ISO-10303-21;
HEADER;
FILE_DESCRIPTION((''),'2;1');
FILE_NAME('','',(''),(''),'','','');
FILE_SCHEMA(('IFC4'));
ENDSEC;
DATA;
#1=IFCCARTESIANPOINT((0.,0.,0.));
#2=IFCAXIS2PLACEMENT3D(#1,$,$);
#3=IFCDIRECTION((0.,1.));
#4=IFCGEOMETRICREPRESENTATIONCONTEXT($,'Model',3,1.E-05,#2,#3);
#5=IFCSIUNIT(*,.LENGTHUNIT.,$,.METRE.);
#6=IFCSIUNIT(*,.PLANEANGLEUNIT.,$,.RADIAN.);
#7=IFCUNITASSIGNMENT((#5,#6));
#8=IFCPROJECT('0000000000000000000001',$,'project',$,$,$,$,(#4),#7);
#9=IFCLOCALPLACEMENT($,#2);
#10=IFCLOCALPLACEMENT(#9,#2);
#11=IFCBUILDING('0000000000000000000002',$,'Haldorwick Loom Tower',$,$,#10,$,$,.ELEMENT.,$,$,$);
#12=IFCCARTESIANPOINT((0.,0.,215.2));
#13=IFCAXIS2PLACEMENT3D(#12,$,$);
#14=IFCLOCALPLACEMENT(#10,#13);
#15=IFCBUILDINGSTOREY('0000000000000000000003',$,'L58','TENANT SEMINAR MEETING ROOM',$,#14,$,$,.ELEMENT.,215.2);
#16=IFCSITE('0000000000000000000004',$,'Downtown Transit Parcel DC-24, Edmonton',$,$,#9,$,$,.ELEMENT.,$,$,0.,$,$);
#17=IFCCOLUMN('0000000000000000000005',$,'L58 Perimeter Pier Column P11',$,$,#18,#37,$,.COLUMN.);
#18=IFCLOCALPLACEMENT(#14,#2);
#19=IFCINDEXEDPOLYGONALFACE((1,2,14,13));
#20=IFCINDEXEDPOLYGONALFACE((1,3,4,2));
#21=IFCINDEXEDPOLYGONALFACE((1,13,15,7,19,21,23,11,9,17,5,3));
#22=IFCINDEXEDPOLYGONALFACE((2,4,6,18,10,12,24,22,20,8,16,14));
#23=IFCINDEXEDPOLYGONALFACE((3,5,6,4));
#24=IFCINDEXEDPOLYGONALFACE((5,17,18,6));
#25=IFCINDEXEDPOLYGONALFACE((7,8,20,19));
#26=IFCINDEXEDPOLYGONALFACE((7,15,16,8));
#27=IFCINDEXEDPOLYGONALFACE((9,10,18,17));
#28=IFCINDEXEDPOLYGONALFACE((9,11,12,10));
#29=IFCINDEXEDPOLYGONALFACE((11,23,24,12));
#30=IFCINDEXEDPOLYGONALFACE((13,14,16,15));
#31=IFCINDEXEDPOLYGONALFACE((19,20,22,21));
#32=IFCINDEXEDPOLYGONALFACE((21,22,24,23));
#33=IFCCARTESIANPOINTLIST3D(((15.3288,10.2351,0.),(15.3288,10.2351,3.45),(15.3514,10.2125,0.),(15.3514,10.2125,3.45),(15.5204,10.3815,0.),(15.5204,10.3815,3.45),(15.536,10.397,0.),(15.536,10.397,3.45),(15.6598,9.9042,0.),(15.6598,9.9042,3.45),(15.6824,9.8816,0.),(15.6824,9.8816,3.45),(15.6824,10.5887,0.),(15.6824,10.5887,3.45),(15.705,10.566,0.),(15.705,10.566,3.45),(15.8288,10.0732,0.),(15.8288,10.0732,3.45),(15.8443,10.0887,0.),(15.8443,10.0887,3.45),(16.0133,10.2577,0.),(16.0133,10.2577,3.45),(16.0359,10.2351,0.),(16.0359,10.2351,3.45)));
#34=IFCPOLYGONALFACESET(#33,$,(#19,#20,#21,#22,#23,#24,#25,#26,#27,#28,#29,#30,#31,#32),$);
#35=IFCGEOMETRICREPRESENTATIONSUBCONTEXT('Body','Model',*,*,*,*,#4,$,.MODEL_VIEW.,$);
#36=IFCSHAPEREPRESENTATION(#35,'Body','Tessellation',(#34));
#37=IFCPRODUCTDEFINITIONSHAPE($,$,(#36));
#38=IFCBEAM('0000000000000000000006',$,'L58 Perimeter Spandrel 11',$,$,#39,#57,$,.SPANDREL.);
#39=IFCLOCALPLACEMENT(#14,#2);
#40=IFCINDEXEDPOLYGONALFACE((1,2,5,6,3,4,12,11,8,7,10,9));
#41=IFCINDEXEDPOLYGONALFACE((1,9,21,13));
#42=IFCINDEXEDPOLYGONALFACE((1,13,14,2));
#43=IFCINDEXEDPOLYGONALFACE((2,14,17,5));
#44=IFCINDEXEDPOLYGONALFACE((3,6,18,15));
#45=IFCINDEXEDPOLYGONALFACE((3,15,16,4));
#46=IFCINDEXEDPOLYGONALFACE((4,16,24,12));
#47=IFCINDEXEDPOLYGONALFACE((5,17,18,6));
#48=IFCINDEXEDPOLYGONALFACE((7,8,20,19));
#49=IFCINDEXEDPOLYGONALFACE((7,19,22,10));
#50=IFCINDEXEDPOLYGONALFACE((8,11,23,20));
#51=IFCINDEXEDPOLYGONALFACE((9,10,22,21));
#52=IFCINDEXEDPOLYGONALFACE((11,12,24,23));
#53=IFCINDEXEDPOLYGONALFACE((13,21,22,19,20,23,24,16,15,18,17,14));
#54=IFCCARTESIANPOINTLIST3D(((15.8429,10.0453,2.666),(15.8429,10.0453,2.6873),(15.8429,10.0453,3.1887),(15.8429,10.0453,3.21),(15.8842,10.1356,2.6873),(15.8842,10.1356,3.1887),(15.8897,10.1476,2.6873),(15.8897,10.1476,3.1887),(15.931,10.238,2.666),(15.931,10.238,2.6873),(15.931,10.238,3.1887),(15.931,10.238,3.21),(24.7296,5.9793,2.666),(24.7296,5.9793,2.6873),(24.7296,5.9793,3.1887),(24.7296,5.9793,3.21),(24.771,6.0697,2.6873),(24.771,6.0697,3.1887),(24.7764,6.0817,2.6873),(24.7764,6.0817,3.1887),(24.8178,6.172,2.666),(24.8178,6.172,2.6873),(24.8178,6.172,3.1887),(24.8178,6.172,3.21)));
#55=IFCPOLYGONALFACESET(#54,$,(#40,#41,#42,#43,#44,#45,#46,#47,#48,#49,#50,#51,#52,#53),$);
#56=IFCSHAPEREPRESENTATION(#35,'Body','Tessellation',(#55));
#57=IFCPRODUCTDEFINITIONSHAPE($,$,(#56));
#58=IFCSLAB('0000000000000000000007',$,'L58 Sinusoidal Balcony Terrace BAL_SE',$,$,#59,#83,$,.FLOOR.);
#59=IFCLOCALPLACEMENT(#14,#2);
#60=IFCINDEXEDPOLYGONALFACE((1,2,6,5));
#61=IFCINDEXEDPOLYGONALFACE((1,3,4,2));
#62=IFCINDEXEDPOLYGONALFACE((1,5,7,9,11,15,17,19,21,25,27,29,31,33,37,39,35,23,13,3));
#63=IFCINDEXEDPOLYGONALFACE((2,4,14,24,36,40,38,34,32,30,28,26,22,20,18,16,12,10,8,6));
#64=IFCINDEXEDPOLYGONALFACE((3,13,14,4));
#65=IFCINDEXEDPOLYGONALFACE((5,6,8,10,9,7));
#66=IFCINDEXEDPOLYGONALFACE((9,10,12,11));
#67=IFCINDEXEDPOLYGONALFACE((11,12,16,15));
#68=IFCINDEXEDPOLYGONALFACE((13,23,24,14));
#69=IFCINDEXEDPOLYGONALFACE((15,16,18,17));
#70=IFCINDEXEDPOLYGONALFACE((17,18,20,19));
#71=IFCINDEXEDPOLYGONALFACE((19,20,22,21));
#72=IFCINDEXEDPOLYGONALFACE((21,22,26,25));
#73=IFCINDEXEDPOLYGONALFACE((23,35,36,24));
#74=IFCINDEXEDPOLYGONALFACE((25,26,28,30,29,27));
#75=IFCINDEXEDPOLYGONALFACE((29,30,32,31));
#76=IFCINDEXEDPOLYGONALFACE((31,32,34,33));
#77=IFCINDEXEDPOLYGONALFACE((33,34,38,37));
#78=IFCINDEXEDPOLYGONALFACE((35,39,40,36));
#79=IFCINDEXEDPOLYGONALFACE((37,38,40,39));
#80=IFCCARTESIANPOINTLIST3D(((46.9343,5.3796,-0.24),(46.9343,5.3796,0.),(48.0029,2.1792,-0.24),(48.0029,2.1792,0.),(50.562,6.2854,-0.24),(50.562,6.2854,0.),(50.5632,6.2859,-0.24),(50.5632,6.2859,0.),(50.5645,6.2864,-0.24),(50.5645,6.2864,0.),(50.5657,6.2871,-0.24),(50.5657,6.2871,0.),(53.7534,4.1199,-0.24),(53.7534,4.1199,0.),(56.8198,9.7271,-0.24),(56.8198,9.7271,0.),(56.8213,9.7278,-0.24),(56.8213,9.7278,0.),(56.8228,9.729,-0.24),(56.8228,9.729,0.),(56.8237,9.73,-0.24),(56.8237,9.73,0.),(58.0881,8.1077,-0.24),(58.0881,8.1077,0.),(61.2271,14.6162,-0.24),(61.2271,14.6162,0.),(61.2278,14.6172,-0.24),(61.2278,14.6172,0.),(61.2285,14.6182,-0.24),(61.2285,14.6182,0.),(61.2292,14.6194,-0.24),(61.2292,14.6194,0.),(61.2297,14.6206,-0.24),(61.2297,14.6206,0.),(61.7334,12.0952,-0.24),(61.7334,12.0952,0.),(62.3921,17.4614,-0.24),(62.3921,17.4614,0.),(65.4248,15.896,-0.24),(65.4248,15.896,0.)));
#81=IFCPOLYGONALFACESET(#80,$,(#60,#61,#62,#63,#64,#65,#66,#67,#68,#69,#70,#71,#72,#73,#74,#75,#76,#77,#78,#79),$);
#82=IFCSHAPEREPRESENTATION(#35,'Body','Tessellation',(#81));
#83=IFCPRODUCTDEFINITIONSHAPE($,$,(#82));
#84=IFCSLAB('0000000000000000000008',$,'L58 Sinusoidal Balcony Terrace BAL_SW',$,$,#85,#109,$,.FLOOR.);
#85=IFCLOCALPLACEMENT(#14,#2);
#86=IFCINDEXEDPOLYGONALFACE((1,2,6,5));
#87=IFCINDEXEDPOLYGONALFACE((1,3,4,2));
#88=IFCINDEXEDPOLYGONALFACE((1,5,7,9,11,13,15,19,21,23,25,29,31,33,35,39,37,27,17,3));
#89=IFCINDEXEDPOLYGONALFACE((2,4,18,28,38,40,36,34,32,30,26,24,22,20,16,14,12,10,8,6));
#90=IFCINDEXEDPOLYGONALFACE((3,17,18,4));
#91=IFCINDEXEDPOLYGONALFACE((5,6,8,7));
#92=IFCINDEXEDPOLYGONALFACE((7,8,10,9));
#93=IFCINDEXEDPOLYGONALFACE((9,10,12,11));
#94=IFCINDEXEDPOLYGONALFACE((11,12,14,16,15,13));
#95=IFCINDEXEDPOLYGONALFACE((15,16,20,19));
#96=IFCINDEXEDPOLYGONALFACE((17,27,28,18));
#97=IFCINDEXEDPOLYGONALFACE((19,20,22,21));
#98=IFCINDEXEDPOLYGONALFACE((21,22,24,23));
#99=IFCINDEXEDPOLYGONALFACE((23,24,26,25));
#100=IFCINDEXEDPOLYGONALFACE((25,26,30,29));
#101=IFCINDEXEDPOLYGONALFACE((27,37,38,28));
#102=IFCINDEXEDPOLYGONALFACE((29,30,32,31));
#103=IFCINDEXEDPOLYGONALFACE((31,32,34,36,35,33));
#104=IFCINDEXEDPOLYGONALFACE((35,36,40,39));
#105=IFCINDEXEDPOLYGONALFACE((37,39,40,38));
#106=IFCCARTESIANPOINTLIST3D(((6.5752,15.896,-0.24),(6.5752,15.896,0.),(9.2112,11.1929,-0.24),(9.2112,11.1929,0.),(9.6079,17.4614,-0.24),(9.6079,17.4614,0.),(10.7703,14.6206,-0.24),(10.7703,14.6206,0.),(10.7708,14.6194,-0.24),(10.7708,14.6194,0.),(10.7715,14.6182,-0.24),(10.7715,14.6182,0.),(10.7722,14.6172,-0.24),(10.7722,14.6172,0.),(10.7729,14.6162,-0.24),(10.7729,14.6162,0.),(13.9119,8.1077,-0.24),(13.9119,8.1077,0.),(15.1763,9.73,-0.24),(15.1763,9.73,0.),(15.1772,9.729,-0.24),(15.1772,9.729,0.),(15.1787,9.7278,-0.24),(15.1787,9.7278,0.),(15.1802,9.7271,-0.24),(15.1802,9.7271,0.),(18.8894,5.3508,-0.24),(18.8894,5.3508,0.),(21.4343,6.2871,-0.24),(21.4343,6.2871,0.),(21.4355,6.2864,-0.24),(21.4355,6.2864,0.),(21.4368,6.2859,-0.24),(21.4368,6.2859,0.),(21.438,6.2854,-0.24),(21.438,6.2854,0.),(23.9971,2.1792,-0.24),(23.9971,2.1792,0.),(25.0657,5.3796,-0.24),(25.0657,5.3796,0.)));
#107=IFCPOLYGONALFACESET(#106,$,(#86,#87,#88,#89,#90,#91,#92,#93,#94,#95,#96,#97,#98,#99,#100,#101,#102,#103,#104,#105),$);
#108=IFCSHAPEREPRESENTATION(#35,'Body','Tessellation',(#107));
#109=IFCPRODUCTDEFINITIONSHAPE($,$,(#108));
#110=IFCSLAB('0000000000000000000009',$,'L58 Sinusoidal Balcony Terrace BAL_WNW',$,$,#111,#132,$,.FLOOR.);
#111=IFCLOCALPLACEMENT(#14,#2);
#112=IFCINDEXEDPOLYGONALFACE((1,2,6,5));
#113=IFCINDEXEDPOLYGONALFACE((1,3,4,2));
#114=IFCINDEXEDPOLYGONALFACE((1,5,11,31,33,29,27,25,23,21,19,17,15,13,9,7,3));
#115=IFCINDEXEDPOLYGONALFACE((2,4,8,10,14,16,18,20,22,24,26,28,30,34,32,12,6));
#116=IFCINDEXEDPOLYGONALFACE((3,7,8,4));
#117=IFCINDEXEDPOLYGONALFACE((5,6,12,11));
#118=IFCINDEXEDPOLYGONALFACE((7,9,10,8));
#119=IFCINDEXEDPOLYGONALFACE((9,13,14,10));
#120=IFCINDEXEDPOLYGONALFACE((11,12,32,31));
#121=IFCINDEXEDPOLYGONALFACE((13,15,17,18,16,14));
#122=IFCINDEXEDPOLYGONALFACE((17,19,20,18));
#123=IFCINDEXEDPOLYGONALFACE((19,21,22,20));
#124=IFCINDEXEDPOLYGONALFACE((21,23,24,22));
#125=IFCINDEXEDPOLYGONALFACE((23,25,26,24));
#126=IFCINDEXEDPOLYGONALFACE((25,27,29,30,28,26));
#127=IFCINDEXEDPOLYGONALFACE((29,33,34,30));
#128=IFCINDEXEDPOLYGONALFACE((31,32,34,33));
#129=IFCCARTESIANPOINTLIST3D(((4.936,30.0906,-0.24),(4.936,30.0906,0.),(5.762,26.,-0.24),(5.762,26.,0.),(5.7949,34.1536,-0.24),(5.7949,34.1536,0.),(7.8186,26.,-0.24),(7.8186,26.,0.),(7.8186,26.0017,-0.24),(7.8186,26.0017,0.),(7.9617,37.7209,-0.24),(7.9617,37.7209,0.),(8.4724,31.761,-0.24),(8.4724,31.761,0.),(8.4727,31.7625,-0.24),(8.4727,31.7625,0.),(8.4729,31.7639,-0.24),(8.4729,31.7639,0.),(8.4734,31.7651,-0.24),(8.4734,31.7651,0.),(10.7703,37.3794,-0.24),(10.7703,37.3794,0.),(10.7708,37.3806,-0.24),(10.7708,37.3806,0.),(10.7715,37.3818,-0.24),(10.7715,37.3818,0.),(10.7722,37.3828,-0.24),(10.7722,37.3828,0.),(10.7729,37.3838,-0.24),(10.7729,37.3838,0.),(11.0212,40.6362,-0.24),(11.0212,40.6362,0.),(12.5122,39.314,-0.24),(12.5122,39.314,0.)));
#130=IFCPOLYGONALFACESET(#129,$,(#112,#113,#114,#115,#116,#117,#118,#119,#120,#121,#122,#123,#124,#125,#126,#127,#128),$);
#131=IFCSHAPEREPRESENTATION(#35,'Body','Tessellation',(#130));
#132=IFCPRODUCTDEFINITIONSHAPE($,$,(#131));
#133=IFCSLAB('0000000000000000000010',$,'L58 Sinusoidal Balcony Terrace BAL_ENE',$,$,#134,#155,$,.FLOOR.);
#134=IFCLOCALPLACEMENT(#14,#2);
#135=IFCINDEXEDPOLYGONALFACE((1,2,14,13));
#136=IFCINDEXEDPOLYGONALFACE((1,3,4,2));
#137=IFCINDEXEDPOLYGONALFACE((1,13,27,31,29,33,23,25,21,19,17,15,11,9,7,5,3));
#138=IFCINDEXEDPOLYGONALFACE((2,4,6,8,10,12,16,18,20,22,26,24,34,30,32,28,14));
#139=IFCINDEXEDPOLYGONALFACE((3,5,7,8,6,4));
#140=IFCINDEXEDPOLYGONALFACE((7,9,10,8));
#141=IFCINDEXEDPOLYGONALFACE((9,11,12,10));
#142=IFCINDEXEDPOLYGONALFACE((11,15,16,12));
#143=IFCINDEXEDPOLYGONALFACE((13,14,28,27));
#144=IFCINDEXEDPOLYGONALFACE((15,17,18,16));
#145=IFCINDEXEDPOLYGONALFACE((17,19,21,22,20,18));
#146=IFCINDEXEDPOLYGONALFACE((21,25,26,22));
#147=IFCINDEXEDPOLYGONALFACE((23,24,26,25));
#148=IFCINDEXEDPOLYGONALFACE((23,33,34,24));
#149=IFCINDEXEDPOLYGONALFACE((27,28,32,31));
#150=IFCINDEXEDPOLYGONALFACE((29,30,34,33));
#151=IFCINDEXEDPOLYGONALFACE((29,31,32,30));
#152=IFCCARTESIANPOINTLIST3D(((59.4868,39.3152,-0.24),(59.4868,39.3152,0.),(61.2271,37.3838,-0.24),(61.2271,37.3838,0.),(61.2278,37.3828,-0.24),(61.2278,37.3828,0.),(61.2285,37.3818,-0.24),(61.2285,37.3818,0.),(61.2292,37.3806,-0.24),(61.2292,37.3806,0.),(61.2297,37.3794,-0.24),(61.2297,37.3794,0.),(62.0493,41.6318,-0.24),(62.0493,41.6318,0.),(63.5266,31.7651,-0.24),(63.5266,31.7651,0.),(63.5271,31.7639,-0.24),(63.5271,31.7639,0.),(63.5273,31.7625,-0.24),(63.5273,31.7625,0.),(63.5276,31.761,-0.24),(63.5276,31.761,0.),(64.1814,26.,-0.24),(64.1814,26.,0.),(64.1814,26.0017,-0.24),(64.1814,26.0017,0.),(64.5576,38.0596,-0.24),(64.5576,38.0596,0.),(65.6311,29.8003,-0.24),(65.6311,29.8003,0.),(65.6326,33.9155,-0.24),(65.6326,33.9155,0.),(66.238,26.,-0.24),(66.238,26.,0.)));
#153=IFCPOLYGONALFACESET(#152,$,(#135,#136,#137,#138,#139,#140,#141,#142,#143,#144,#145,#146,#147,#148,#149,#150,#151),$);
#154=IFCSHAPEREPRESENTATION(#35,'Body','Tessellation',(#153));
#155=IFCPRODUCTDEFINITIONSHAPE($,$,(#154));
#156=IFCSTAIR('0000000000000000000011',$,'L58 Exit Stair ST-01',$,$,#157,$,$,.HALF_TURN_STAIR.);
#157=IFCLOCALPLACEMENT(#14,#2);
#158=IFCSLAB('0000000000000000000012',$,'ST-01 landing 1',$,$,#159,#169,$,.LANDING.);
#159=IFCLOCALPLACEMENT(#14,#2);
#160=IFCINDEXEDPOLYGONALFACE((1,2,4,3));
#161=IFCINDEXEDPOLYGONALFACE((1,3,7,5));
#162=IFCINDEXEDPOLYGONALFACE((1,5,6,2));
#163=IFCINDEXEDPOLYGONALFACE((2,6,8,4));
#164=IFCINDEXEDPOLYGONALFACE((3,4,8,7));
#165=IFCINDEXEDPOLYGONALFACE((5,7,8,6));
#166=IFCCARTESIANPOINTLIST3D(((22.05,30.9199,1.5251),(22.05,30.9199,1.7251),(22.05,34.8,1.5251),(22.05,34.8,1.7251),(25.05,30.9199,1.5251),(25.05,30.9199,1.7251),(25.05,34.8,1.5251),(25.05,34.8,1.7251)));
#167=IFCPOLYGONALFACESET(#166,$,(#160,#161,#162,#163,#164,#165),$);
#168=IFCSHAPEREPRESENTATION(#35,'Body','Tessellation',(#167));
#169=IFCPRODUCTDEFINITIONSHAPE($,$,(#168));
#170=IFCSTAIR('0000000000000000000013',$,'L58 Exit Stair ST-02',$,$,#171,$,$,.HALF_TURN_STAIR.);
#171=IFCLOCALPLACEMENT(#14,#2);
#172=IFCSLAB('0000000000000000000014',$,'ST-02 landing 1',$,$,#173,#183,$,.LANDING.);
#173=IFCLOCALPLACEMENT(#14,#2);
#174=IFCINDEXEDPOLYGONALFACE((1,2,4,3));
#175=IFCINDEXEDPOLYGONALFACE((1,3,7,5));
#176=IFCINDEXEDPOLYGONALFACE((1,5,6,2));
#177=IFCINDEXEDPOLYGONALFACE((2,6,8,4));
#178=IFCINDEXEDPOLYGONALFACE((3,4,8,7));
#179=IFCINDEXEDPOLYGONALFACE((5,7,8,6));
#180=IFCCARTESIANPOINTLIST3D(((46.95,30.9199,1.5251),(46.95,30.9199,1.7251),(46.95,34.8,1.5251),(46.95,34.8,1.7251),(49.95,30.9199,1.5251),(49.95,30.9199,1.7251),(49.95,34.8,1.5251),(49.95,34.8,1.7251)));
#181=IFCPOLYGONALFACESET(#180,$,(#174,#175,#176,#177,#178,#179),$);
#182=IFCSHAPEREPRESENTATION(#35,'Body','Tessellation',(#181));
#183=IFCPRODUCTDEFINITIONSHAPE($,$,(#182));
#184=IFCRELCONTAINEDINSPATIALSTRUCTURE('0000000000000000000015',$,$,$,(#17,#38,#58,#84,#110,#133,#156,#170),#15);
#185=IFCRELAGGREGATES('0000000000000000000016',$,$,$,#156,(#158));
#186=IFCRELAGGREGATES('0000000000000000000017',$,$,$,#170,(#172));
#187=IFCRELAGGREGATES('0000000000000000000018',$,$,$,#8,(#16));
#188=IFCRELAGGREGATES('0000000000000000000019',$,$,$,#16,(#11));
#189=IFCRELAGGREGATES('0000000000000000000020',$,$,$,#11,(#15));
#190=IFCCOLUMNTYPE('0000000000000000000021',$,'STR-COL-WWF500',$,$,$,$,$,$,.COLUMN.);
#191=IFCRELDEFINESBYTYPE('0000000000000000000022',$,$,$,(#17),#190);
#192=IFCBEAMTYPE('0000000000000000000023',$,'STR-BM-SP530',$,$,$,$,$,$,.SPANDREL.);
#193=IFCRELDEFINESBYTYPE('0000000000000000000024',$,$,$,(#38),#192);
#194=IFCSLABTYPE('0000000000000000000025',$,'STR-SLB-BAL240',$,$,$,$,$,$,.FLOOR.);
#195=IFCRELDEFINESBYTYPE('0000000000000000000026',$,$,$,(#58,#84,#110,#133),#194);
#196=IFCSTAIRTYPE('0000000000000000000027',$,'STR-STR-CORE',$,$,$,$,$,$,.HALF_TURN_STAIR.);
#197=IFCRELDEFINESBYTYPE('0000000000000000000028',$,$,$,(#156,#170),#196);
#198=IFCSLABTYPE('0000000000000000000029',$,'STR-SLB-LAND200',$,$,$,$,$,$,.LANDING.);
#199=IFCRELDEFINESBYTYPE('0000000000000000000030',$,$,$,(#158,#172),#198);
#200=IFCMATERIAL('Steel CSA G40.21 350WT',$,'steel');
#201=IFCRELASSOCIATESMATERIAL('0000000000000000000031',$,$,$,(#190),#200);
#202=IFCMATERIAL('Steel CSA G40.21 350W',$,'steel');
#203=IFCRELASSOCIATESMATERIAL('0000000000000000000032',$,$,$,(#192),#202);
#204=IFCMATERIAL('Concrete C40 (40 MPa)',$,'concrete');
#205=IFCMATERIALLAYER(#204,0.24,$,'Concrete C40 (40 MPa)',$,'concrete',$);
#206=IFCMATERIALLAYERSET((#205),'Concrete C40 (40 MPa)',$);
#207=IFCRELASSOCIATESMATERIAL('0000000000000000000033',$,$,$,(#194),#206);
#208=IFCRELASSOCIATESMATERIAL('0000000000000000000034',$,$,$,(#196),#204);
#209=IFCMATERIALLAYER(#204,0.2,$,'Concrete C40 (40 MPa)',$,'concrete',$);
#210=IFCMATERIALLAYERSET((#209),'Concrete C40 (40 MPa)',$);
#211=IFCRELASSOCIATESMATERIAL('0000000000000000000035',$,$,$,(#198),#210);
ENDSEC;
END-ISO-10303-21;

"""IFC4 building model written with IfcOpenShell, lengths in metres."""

from ifc_helpers import new_model, si_unit, direction, frame, origin, origin_2d, place, context, subcontext, project, spatial, polyline, i_section, outline, extrude, material, layer, layer_set, material_profile, profile_set, type_object, element, aggregate, save


model = new_model("IFC4")

# Units and contexts
model_context = context("Model", 3, precision=1e-05, world=origin(), true_north=direction((0.0, 1.0)))
body_context = subcontext(model_context, "Body", "Model", "MODEL_VIEW")
ifc_project = project(units=[si_unit("LENGTHUNIT", "METRE"), si_unit("PLANEANGLEUNIT", "RADIAN")], contexts=[model_context])

# Site, building, storey
site_placement = place(None, origin())
site = spatial("IfcSite", under=ifc_project, at=site_placement, Name="Downtown Transit Parcel DC-24, Edmonton", CompositionType="ELEMENT", RefElevation=0.0)
building_placement = place(site_placement, origin())
building = spatial("IfcBuilding", under=site, at=building_placement, Name="Haldorwick Loom Tower", CompositionType="ELEMENT")
storey_placement = place(building_placement, frame((0.0, 0.0, 215.2)))
storey = spatial("IfcBuildingStorey", under=building, at=storey_placement, Name="L58", Description="TENANT SEMINAR MEETING ROOM", CompositionType="ELEMENT", Elevation=215.2)

# Column
ifc_material_1 = material(Name="Steel CSA G40.21 350WT", Category="steel")
ifc_material_profile_1 = material_profile(ifc_material_1, i_section(OverallWidth=0.5, OverallDepth=0.5, WebThickness=0.022, FlangeThickness=0.032, at=origin_2d()), Name="WWF500X500", Category="steel")
ifc_profile_set_1 = profile_set([ifc_material_profile_1], Name="Steel CSA G40.21 350WT")
column_type = type_object("IfcColumnType", Name="STR-COL-WWF500", PredefinedType="COLUMN", material=ifc_profile_set_1)
column_placement = place(storey_placement, frame((15.6824, 10.2351, 0.0), z_axis=(0.0, 0.0, 1.0), x_axis=(-0.707107, -0.707107, 0.0)))
element("IfcColumn", 1, at=column_placement, inside=storey, type_object=column_type, Name="L58 Perimeter Pier Column P11", PredefinedType="COLUMN", context=body_context, shape_type="SweptSolid", body=[
    extrude(i_section(OverallWidth=0.5, OverallDepth=0.5, WebThickness=0.022, FlangeThickness=0.032, at=origin_2d()), origin(), (0.0, 0.0, 1.0), 3.45),
])

# Beam
ifc_material_2 = material(Name="Steel CSA G40.21 350W", Category="steel")
ifc_material_profile_2 = material_profile(ifc_material_2, i_section(OverallWidth=0.2119, OverallDepth=0.5439, WebThickness=0.0132, FlangeThickness=0.0212, at=origin_2d()), Name="W530X123", Category="steel")
ifc_profile_set_2 = profile_set([ifc_material_profile_2], Name="Steel CSA G40.21 350W")
beam_type = type_object("IfcBeamType", Name="STR-BM-SP530", PredefinedType="SPANDREL", material=ifc_profile_set_2)
beam_placement = place(storey_placement, frame((15.887, 10.1416, 2.938), z_axis=(0.909342, -0.416049, 0.0), x_axis=(0.416049, 0.909342, 0.0)))
element("IfcBeam", 2, at=beam_placement, inside=storey, type_object=beam_type, Name="L58 Perimeter Spandrel 11", PredefinedType="SPANDREL", context=body_context, shape_type="SweptSolid", body=[
    extrude(i_section(OverallWidth=0.2119, OverallDepth=0.5439, WebThickness=0.0132, FlangeThickness=0.0212, at=origin_2d()), origin(), (0.0, 0.0, 1.0), 9.7727),
])

# Slabs
ifc_material_3 = material(Name="Concrete C40 (40 MPa)", Category="concrete")
ifc_layer_1 = layer(ifc_material_3, 0.24, Name="Concrete C40 (40 MPa)", Category="concrete")
ifc_layer_set_1 = layer_set([ifc_layer_1], Name="Concrete C40 (40 MPa)")
slab_type_1 = type_object("IfcSlabType", Name="STR-SLB-BAL240", PredefinedType="FLOOR", material=ifc_layer_set_1)
slab_1_placement = place(storey_placement, frame((0.0, 0.0, -0.24)))
element("IfcSlab", 3, at=slab_1_placement, inside=storey, type_object=slab_type_1, Name="L58 Sinusoidal Balcony Terrace BAL_SE", PredefinedType="FLOOR", context=body_context, shape_type="SweptSolid", body=[
    extrude(outline(polyline([(62.3921, 17.4614), (61.2297, 14.6206), (61.2292, 14.6194), (61.2285, 14.6182), (61.2278, 14.6172), (61.2271, 14.6162), (56.8237, 9.73), (56.8228, 9.729), (56.8213, 9.7278), (56.8198, 9.7271), (50.5657, 6.2871), (50.5645, 6.2864), (50.5632, 6.2859), (50.562, 6.2854), (46.9343, 5.3796), (48.0029, 2.1792), (53.7534, 4.1199), (58.0881, 8.1077), (61.7334, 12.0952), (65.4248, 15.896), (62.3921, 17.4614)])), origin(), (0.0, 0.0, 1.0), 0.24),
])
slab_2_placement = place(storey_placement, frame((0.0, 0.0, -0.24)))
element("IfcSlab", 4, at=slab_2_placement, inside=storey, type_object=slab_type_1, Name="L58 Sinusoidal Balcony Terrace BAL_SW", PredefinedType="FLOOR", context=body_context, shape_type="SweptSolid", body=[
    extrude(outline(polyline([(25.0657, 5.3796), (21.438, 6.2854), (21.4368, 6.2859), (21.4355, 6.2864), (21.4343, 6.2871), (15.1802, 9.7271), (15.1787, 9.7278), (15.1772, 9.729), (15.1763, 9.73), (10.7729, 14.6162), (10.7722, 14.6172), (10.7715, 14.6182), (10.7708, 14.6194), (10.7703, 14.6206), (9.6079, 17.4614), (6.5752, 15.896), (9.2112, 11.1929), (13.9119, 8.1077), (18.8894, 5.3508), (23.9971, 2.1792), (25.0657, 5.3796)])), origin(), (0.0, 0.0, 1.0), 0.24),
])
slab_3_placement = place(storey_placement, frame((0.0, 0.0, -0.24)))
element("IfcSlab", 5, at=slab_3_placement, inside=storey, type_object=slab_type_1, Name="L58 Sinusoidal Balcony Terrace BAL_WNW", PredefinedType="FLOOR", context=body_context, shape_type="SweptSolid", body=[
    extrude(outline(polyline([(7.8186, 26.0), (7.8186, 26.0017), (8.4724, 31.761), (8.4727, 31.7625), (8.4729, 31.7639), (8.4734, 31.7651), (10.7703, 37.3794), (10.7708, 37.3806), (10.7715, 37.3818), (10.7722, 37.3828), (10.7729, 37.3838), (12.5122, 39.314), (11.0212, 40.6362), (7.9617, 37.7209), (5.7949, 34.1536), (4.936, 30.0906), (5.762, 26.0), (7.8186, 26.0)])), origin(), (0.0, 0.0, 1.0), 0.24),
])
slab_4_placement = place(storey_placement, frame((0.0, 0.0, -0.24)))
element("IfcSlab", 6, at=slab_4_placement, inside=storey, type_object=slab_type_1, Name="L58 Sinusoidal Balcony Terrace BAL_ENE", PredefinedType="FLOOR", context=body_context, shape_type="SweptSolid", body=[
    extrude(outline(polyline([(59.4868, 39.3152), (61.2271, 37.3838), (61.2278, 37.3828), (61.2285, 37.3818), (61.2292, 37.3806), (61.2297, 37.3794), (63.5266, 31.7651), (63.5271, 31.7639), (63.5273, 31.7625), (63.5276, 31.761), (64.1814, 26.0017), (64.1814, 26.0), (66.238, 26.0), (65.6311, 29.8003), (65.6326, 33.9155), (64.5576, 38.0596), (62.0493, 41.6318), (59.4868, 39.3152)])), origin(), (0.0, 0.0, 1.0), 0.24),
])

# Stairs, slabs
stair_type = type_object("IfcStairType", Name="STR-STR-CORE", PredefinedType="HALF_TURN_STAIR", material=ifc_material_3)
stair_1_placement = place(storey_placement, origin())
stair_1 = element("IfcStair", 7, at=stair_1_placement, inside=storey, type_object=stair_type, Name="L58 Exit Stair ST-01", PredefinedType="HALF_TURN_STAIR")
ifc_layer_2 = layer(ifc_material_3, 0.2, Name="Concrete C40 (40 MPa)", Category="concrete")
ifc_layer_set_2 = layer_set([ifc_layer_2], Name="Concrete C40 (40 MPa)")
slab_type_2 = type_object("IfcSlabType", Name="STR-SLB-LAND200", PredefinedType="LANDING", material=ifc_layer_set_2)
slab_5_placement = place(storey_placement, frame((0.0, 0.0, 1.5251)))
slab_5 = element("IfcSlab", 8, at=slab_5_placement, type_object=slab_type_2, Name="ST-01 landing 1", PredefinedType="LANDING", context=body_context, shape_type="SweptSolid", body=[
    extrude(outline(polyline([(25.05, 30.9199), (25.05, 34.8), (22.05, 34.8), (22.05, 30.9199), (25.05, 30.9199)])), origin(), (0.0, 0.0, 1.0), 0.2),
])
aggregate(stair_1, [slab_5])
stair_2_placement = place(storey_placement, origin())
stair_2 = element("IfcStair", 9, at=stair_2_placement, inside=storey, type_object=stair_type, Name="L58 Exit Stair ST-02", PredefinedType="HALF_TURN_STAIR")
slab_6_placement = place(storey_placement, frame((0.0, 0.0, 1.5251)))
slab_6 = element("IfcSlab", 10, at=slab_6_placement, type_object=slab_type_2, Name="ST-02 landing 1", PredefinedType="LANDING", context=body_context, shape_type="SweptSolid", body=[
    extrude(outline(polyline([(49.95, 30.9199), (49.95, 34.8), (46.95, 34.8), (46.95, 30.9199), (49.95, 30.9199)])), origin(), (0.0, 0.0, 1.0), 0.2),
])
aggregate(stair_2, [slab_6])

save(model, "model.ifc")
